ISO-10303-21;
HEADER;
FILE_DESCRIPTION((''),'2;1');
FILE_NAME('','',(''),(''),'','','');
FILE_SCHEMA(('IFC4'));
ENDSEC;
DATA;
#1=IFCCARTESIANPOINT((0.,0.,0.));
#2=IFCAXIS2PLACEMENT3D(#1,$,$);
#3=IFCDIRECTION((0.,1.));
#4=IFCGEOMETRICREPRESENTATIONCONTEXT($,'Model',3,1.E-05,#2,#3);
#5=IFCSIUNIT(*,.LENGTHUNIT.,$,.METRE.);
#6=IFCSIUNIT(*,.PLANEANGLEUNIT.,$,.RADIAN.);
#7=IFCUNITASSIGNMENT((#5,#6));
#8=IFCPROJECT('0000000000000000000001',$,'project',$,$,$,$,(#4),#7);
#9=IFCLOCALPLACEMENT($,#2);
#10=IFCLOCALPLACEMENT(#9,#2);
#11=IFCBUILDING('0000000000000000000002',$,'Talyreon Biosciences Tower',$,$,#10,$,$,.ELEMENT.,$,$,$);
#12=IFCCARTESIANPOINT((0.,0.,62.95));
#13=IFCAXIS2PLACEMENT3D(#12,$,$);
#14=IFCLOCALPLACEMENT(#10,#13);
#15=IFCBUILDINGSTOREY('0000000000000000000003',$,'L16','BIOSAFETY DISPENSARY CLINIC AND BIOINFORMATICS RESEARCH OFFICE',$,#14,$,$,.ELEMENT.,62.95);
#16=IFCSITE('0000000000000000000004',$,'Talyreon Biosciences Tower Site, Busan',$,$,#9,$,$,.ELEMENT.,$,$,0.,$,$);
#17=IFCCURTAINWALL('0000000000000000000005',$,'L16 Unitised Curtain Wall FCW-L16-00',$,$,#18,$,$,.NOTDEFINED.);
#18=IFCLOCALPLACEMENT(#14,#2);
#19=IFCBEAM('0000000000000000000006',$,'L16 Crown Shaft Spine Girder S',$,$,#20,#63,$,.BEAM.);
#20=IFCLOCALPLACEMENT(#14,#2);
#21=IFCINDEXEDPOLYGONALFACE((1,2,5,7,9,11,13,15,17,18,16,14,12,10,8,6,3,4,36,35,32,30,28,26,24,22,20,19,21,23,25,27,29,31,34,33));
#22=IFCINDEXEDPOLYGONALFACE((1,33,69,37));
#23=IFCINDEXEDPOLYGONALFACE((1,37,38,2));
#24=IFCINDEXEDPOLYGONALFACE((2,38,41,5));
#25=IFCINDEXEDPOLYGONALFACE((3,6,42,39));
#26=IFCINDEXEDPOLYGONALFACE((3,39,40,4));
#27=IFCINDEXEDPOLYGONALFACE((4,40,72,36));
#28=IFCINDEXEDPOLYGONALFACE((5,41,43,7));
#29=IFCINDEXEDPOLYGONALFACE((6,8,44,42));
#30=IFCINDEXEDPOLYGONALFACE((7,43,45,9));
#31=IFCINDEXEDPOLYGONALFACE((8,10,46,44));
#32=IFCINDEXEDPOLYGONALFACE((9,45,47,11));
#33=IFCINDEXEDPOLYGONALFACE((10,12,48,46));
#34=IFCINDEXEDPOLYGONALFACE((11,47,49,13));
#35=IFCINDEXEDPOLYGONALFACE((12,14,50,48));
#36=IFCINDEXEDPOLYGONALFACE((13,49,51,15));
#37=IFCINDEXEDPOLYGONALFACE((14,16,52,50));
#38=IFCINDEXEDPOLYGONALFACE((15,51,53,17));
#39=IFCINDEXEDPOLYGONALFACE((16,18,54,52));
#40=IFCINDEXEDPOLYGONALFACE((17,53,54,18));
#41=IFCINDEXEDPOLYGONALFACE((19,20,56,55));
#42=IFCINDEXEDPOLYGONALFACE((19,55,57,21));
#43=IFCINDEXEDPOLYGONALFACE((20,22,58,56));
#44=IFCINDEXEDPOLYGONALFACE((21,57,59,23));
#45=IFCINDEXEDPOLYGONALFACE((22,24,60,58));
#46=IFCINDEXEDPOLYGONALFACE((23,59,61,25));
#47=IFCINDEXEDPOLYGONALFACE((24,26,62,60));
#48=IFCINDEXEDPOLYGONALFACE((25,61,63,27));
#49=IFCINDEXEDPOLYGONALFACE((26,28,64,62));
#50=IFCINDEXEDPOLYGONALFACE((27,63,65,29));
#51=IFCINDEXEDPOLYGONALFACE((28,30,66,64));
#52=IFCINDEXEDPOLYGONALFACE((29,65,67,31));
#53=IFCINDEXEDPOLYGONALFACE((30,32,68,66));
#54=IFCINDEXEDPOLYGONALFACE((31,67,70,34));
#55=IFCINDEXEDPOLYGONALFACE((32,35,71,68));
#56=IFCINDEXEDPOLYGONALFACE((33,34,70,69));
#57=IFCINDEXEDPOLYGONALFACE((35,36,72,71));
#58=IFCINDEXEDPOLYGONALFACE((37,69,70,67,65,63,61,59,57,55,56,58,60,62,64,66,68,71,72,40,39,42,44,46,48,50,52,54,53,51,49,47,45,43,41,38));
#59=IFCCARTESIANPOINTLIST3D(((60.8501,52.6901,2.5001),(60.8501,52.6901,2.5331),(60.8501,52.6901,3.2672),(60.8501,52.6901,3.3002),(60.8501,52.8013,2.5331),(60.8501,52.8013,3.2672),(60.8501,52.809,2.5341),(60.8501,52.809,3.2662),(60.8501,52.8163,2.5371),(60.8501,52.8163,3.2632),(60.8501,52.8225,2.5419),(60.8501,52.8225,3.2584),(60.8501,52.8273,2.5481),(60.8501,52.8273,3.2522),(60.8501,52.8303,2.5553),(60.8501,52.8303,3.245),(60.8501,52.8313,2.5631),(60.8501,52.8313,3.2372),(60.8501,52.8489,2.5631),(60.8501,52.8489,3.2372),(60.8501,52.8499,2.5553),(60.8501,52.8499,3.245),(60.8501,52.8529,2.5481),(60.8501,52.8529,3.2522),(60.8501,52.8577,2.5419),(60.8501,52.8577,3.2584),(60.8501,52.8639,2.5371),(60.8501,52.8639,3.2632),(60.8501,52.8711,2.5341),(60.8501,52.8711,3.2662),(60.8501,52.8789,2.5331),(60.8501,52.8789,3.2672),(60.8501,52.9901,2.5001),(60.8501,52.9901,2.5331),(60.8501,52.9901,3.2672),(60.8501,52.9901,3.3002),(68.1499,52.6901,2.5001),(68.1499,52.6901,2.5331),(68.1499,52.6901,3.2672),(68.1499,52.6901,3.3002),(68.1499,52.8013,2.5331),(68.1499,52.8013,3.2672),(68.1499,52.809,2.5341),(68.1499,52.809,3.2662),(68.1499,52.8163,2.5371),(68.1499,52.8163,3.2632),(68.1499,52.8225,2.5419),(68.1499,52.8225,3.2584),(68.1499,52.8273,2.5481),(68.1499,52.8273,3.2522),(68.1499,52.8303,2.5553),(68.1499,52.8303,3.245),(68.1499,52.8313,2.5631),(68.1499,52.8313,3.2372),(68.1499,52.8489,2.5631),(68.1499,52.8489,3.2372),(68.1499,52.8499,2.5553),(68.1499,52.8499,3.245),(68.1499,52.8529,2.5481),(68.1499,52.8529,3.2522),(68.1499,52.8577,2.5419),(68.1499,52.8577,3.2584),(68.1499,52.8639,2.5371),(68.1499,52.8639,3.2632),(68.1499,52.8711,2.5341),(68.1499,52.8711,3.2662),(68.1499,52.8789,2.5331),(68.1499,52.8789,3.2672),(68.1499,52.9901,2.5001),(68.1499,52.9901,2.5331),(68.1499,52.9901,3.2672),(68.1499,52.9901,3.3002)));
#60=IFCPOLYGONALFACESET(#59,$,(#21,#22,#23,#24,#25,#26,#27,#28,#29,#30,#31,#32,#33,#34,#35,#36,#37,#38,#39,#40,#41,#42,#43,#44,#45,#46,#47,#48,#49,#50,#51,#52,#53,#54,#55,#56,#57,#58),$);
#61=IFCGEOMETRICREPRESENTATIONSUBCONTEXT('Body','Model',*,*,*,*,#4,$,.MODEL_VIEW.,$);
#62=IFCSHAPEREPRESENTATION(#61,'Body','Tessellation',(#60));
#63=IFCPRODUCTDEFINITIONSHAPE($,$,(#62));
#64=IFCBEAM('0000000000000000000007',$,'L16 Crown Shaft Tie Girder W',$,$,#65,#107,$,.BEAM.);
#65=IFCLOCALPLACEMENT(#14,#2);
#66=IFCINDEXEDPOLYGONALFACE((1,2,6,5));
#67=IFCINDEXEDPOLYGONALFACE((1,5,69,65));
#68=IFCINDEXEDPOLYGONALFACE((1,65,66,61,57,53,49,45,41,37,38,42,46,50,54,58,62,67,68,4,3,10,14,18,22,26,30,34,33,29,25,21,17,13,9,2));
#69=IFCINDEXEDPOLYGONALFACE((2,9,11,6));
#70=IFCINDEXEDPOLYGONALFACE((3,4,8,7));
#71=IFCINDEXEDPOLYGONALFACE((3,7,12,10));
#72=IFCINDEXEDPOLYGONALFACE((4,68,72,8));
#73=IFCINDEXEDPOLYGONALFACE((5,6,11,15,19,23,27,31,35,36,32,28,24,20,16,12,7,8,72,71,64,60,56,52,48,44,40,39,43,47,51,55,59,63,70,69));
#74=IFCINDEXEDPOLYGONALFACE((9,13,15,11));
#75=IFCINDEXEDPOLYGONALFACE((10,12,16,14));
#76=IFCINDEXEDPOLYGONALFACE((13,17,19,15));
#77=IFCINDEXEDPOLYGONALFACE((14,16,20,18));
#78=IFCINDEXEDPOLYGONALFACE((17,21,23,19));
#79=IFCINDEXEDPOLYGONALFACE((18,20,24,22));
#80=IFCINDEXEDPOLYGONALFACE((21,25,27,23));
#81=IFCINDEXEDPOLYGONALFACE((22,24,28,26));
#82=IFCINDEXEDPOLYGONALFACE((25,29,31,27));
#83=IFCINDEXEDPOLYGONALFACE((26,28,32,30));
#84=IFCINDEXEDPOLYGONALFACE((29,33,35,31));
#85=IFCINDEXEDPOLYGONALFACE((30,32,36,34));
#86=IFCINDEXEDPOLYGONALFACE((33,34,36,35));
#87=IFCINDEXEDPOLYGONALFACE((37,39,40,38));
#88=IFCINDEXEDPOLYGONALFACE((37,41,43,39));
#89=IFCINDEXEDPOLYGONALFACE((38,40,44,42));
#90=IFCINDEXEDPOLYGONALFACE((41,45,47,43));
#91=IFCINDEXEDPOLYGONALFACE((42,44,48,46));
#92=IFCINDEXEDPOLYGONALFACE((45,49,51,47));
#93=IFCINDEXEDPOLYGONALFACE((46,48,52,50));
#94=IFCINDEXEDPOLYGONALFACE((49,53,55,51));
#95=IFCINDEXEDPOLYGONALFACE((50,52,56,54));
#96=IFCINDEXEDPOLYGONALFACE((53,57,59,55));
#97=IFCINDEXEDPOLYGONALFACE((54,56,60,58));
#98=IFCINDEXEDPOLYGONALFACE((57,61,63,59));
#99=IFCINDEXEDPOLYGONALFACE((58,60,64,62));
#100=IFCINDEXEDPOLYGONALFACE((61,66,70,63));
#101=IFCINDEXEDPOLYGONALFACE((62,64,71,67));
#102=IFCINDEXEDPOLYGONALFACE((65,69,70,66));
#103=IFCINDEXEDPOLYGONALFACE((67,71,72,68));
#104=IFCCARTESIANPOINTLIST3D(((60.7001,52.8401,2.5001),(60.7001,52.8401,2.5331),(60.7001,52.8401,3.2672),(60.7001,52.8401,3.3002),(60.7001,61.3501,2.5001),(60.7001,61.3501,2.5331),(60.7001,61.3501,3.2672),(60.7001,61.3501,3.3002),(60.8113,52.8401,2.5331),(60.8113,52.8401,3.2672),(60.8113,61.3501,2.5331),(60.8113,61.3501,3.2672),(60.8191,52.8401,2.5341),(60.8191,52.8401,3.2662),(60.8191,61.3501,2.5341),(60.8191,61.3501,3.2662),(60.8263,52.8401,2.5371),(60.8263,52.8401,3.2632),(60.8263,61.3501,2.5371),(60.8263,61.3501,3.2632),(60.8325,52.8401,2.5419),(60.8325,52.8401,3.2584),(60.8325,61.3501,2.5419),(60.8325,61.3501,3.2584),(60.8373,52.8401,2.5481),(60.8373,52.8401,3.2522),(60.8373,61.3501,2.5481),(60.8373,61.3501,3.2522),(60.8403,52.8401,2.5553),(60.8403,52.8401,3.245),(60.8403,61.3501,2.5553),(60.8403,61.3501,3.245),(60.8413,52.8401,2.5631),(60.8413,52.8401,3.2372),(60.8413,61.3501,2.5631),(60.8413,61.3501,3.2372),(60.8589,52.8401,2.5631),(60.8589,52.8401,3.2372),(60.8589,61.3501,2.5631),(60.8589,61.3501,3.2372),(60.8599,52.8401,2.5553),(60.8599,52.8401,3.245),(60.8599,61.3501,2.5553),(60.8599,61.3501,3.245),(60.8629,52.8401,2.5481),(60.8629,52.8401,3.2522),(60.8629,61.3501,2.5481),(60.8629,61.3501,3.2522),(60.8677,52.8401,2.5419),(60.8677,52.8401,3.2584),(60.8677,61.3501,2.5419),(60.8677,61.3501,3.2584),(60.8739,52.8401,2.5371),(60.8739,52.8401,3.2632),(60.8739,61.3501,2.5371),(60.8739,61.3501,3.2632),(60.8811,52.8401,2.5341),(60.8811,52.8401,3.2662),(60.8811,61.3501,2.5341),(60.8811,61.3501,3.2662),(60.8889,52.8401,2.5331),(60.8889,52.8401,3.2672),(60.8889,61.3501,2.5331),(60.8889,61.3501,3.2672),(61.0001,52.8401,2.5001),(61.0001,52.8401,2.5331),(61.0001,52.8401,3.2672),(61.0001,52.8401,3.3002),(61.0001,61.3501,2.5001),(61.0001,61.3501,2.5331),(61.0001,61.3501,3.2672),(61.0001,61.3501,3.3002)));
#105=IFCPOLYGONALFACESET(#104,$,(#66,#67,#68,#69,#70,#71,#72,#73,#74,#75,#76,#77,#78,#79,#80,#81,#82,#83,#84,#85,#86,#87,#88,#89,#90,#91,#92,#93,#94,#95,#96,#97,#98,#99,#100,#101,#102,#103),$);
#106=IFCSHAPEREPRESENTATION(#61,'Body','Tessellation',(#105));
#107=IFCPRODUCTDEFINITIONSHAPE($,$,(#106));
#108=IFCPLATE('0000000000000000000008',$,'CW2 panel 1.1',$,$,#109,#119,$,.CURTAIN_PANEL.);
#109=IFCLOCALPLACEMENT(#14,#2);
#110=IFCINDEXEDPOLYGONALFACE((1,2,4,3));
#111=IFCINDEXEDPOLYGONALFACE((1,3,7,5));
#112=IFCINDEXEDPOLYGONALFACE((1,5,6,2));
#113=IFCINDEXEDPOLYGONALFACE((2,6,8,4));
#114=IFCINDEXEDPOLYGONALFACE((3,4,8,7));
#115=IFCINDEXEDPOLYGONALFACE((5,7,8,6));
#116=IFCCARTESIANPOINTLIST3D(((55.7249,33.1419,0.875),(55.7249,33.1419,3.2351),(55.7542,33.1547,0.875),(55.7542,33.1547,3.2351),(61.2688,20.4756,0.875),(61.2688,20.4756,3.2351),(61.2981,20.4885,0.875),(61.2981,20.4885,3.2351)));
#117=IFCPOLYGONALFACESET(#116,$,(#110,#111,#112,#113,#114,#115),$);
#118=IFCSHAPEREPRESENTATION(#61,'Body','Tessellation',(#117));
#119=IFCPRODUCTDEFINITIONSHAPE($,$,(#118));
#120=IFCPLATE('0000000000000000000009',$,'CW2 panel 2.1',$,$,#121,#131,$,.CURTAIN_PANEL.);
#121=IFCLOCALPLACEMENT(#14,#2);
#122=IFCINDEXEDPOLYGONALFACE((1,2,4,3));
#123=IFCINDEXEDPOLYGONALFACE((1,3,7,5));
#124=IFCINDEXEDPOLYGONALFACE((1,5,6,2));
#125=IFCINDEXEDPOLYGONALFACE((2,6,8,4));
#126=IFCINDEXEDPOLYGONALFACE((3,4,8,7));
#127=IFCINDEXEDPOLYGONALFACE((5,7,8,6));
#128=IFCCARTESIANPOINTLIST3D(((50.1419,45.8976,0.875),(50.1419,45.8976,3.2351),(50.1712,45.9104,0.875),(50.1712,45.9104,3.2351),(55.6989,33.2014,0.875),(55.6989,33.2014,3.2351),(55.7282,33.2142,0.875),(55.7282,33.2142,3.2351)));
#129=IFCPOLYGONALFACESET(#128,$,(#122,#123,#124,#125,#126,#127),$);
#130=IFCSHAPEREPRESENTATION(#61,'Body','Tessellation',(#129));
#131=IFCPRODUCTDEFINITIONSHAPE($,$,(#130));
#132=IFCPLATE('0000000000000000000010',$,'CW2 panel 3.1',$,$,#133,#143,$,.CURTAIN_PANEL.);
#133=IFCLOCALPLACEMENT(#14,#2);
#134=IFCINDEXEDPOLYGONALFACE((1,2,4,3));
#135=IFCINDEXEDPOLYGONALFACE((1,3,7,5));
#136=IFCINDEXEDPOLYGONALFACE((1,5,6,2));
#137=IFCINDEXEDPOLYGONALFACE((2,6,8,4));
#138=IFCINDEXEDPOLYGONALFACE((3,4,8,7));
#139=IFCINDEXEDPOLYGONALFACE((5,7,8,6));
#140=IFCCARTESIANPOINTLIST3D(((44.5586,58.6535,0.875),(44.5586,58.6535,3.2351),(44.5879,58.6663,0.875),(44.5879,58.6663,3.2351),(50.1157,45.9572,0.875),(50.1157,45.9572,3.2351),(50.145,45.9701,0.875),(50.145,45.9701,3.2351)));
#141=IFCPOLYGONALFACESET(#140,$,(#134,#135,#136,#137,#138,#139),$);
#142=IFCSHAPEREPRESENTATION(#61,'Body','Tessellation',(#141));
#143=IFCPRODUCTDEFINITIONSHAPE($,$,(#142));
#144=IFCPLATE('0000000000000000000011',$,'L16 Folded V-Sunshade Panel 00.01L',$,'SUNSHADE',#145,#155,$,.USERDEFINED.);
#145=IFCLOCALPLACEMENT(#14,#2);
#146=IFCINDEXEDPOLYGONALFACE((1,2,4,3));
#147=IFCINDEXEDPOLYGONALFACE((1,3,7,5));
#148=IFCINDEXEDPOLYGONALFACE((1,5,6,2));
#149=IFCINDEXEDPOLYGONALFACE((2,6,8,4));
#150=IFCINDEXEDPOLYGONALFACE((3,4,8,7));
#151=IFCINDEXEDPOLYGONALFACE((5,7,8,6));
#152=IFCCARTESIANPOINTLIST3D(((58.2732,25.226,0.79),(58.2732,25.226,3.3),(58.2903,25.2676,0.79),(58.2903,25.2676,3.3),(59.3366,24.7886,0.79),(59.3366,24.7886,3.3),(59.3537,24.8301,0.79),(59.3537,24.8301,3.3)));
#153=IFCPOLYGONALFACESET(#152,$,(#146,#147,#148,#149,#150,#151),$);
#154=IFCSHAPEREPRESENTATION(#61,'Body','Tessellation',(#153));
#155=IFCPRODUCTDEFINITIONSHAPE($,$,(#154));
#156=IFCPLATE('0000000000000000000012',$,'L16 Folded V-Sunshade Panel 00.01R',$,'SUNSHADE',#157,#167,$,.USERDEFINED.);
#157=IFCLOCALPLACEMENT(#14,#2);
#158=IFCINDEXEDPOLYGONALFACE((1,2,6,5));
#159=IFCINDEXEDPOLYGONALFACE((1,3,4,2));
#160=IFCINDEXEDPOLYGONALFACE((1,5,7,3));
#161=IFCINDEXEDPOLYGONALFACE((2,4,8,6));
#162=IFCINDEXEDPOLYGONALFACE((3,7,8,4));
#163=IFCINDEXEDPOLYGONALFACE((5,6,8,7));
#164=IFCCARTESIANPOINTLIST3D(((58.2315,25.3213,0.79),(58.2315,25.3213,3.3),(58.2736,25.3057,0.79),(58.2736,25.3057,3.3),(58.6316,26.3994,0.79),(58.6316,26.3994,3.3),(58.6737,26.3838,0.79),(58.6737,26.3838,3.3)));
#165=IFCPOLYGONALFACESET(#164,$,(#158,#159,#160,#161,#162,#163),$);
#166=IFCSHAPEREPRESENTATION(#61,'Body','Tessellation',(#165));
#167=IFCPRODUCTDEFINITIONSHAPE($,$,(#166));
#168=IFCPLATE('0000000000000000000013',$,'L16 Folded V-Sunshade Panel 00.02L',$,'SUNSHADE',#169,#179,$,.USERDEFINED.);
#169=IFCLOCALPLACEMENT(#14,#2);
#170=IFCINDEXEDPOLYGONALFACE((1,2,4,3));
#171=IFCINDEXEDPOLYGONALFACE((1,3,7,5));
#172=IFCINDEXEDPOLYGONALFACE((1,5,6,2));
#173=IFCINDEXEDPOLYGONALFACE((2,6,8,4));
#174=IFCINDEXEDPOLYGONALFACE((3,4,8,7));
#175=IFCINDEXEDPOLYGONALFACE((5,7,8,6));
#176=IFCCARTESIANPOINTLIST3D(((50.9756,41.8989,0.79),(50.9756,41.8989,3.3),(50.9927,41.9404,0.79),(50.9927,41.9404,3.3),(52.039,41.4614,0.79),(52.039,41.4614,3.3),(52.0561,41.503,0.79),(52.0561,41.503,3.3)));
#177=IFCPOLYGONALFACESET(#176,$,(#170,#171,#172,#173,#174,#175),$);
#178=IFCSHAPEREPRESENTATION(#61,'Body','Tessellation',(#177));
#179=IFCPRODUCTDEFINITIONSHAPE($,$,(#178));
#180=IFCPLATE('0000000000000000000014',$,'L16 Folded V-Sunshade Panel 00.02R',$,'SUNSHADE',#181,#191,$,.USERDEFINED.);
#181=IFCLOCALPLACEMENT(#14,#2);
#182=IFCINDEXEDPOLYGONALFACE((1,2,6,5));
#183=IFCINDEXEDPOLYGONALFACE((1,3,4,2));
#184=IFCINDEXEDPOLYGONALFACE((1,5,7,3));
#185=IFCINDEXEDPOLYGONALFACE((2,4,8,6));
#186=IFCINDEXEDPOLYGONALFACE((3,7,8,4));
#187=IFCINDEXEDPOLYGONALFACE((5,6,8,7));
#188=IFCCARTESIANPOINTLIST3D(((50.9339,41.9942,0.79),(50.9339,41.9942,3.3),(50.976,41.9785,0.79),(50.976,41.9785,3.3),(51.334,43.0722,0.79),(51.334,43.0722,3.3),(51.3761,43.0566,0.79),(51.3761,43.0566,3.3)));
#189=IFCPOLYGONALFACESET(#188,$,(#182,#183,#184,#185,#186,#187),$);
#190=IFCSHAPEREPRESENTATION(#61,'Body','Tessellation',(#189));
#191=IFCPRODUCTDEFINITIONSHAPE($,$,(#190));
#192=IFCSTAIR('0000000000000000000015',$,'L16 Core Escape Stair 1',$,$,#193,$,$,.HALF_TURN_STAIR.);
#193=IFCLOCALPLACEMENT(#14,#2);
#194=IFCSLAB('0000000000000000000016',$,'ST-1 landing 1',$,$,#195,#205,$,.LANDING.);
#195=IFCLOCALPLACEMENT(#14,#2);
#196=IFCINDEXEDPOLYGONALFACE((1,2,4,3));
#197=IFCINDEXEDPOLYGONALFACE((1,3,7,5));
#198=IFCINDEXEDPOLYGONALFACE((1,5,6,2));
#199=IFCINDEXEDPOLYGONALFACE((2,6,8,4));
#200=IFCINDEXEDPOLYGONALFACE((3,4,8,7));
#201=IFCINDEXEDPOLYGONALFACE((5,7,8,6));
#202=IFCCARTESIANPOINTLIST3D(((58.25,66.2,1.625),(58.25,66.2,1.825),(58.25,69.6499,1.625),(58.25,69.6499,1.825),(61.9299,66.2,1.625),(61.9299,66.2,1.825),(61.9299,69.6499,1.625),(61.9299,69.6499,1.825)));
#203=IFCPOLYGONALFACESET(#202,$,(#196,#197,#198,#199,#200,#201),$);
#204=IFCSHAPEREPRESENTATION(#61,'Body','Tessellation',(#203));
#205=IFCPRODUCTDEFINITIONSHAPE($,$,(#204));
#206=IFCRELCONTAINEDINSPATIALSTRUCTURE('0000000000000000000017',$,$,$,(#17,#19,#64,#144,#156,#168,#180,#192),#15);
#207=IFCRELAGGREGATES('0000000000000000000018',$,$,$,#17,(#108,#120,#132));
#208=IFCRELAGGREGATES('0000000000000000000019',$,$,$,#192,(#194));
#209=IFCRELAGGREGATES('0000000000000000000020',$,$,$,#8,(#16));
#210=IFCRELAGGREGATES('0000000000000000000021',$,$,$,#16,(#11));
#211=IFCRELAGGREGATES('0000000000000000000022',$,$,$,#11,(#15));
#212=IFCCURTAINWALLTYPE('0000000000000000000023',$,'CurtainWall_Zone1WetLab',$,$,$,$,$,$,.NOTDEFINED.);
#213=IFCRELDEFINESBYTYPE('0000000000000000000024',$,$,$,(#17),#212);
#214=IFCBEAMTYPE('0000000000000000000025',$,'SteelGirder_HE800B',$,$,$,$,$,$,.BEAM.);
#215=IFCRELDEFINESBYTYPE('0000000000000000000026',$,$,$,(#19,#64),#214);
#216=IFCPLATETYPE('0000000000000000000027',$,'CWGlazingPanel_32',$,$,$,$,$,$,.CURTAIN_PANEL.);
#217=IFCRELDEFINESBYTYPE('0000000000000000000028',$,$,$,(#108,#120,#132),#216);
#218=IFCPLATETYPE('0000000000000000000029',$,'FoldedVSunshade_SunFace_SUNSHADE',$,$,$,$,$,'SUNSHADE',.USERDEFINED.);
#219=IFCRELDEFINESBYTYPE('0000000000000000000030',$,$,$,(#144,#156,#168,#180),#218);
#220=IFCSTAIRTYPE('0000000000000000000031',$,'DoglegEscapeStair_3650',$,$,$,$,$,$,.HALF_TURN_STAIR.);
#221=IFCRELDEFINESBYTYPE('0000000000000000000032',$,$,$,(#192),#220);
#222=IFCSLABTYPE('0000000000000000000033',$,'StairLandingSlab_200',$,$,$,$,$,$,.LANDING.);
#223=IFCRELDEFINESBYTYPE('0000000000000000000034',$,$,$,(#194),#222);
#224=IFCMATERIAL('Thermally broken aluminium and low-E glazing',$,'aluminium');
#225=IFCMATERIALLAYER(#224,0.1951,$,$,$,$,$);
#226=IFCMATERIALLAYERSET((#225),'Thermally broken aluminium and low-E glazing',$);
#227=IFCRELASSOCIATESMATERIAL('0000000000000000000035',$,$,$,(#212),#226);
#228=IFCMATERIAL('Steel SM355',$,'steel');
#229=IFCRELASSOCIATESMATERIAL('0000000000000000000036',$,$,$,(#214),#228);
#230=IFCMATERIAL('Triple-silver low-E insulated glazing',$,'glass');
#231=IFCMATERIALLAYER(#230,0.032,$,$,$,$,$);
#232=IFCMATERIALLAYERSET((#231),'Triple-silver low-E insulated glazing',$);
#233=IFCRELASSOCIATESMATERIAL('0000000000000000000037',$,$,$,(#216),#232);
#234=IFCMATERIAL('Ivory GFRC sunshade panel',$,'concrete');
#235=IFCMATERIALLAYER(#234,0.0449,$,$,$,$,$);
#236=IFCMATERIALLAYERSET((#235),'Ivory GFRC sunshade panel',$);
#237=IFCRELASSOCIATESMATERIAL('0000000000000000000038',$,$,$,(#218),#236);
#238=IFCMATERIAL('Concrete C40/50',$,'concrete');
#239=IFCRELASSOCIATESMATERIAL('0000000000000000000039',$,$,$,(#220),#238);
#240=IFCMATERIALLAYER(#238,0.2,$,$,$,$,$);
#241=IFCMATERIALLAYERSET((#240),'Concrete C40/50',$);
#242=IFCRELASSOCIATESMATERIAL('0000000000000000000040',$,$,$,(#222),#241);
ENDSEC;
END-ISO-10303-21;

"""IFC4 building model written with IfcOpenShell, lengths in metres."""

from ifc_helpers import new_model, si_unit, direction, frame, origin, origin_2d, place, context, subcontext, project, spatial, polyline, rectangle, i_section, outline, extrude, material, layer, layer_set, material_profile, profile_set, type_object, element, aggregate, save


model = new_model("IFC4")

# Units and contexts
model_context = context("Model", 3, precision=1e-05, world=origin(), true_north=direction((0.0, 1.0)))
body_context = subcontext(model_context, "Body", "Model", "MODEL_VIEW")
ifc_project = project(units=[si_unit("LENGTHUNIT", "METRE"), si_unit("PLANEANGLEUNIT", "RADIAN")], contexts=[model_context])

# Site, building, storey
site_placement = place(None, origin())
site = spatial("IfcSite", under=ifc_project, at=site_placement, Name="Talyreon Biosciences Tower Site, Busan", CompositionType="ELEMENT", RefElevation=0.0)
building_placement = place(site_placement, origin())
building = spatial("IfcBuilding", under=site, at=building_placement, Name="Talyreon Biosciences Tower", CompositionType="ELEMENT")
storey_placement = place(building_placement, frame((0.0, 0.0, 62.95)))
storey = spatial("IfcBuildingStorey", under=building, at=storey_placement, Name="L16", Description="BIOSAFETY DISPENSARY CLINIC AND BIOINFORMATICS RESEARCH OFFICE", CompositionType="ELEMENT", Elevation=62.95)

# Curtain wall
ifc_material_1 = material(Name="Thermally broken aluminium and low-E glazing", Category="aluminium")
ifc_layer_1 = layer(ifc_material_1, 0.1951)
ifc_layer_set_1 = layer_set([ifc_layer_1], Name="Thermally broken aluminium and low-E glazing")
curtain_wall_type = type_object("IfcCurtainWallType", Name="CurtainWall_Zone1WetLab", PredefinedType="NOTDEFINED", material=ifc_layer_set_1)
curtain_wall_placement = place(storey_placement, origin())
curtain_wall = element("IfcCurtainWall", 1, at=curtain_wall_placement, inside=storey, type_object=curtain_wall_type, Name="L16 Unitised Curtain Wall FCW-L16-00", PredefinedType="NOTDEFINED")

# Beams
ifc_material_2 = material(Name="Steel SM355", Category="steel")
ifc_material_profile_1 = material_profile(ifc_material_2, i_section(OverallWidth=0.3, OverallDepth=0.8, WebThickness=0.0176, FlangeThickness=0.033, FilletRadius=0.03, at=origin_2d()), Name="HE800B")
ifc_profile_set_1 = profile_set([ifc_material_profile_1], Name="Steel SM355")
beam_type_1 = type_object("IfcBeamType", Name="SteelGirder_HE800B", PredefinedType="BEAM", material=ifc_profile_set_1)
beam_1_placement = place(storey_placement, frame((60.8501, 52.8401, 2.9001), z_axis=(1.0, 0.0, 0.0), x_axis=(0.0, 1.0, 0.0)))
element("IfcBeam", 2, at=beam_1_placement, inside=storey, type_object=beam_type_1, Name="L16 Crown Shaft Spine Girder S", PredefinedType="BEAM", context=body_context, shape_type="SweptSolid", body=[
    extrude(i_section(OverallWidth=0.3, OverallDepth=0.8, WebThickness=0.0176, FlangeThickness=0.033, FilletRadius=0.03, at=origin_2d()), origin(), (0.0, 0.0, 1.0), 7.2998),
])
beam_2_placement = place(storey_placement, frame((60.8501, 52.8401, 2.9001), z_axis=(0.0, 1.0, 0.0), x_axis=(-1.0, 0.0, 0.0)))
element("IfcBeam", 3, at=beam_2_placement, inside=storey, type_object=beam_type_1, Name="L16 Crown Shaft Tie Girder W", PredefinedType="BEAM", context=body_context, shape_type="SweptSolid", body=[
    extrude(i_section(OverallWidth=0.3, OverallDepth=0.8, WebThickness=0.0176, FlangeThickness=0.033, FilletRadius=0.03, at=origin_2d()), origin(), (0.0, 0.0, 1.0), 8.51),
])

# Plates
ifc_material_3 = material(Name="Triple-silver low-E insulated glazing", Category="glass")
ifc_layer_2 = layer(ifc_material_3, 0.032)
ifc_layer_set_2 = layer_set([ifc_layer_2], Name="Triple-silver low-E insulated glazing")
plate_type_1 = type_object("IfcPlateType", Name="CWGlazingPanel_32", PredefinedType="CURTAIN_PANEL", material=ifc_layer_set_2)
plate_1_placement = place(storey_placement, frame((58.5115, 26.8152, 0.875), z_axis=(0.0, 0.0, 1.0), x_axis=(-0.400968, 0.916092, 0.0)))
plate_1 = element("IfcPlate", 4, at=plate_1_placement, type_object=plate_type_1, Name="CW2 panel 1.1", PredefinedType="CURTAIN_PANEL", context=body_context, shape_type="SweptSolid", body=[
    extrude(rectangle(XDim=13.8264, YDim=0.032, at=origin_2d()), origin(), (0.0, 0.0, 1.0), 2.3601),
])
plate_2_placement = place(storey_placement, frame((52.9351, 39.5559, 0.875), z_axis=(0.0, 0.0, 1.0), x_axis=(-0.400968, 0.916092, 0.0)))
plate_2 = element("IfcPlate", 5, at=plate_2_placement, type_object=plate_type_1, Name="CW2 panel 2.1", PredefinedType="CURTAIN_PANEL", context=body_context, shape_type="SweptSolid", body=[
    extrude(rectangle(XDim=13.8591, YDim=0.032, at=origin_2d()), origin(), (0.0, 0.0, 1.0), 2.3601),
])
plate_3_placement = place(storey_placement, frame((47.3518, 52.3118, 0.875), z_axis=(0.0, 0.0, 1.0), x_axis=(-0.400968, 0.916092, 0.0)))
plate_3 = element("IfcPlate", 6, at=plate_3_placement, type_object=plate_type_1, Name="CW2 panel 3.1", PredefinedType="CURTAIN_PANEL", context=body_context, shape_type="SweptSolid", body=[
    extrude(rectangle(XDim=13.8591, YDim=0.032, at=origin_2d()), origin(), (0.0, 0.0, 1.0), 2.3601),
])
aggregate(curtain_wall, [plate_1, plate_2, plate_3])

# Plates
ifc_material_4 = material(Name="Ivory GFRC sunshade panel", Category="concrete")
ifc_layer_3 = layer(ifc_material_4, 0.0449)
ifc_layer_set_3 = layer_set([ifc_layer_3], Name="Ivory GFRC sunshade panel")
plate_type_2 = type_object("IfcPlateType", Name="FoldedVSunshade_SunFace_SUNSHADE", ElementType="SUNSHADE", PredefinedType="USERDEFINED", material=ifc_layer_set_3)
for number, where, z_axis, x_axis, name in (
    (7, (58.8135, 25.0281, 0.79), (0.0, 0.0, 1.0), (-0.924805, 0.380441, 0.0), "L16 Folded V-Sunshade Panel 00.01L"),
    (8, (58.4526, 25.8525, 0.79), (0.0, 0.0, 1.0), (0.347934, 0.937519, 0.0), "L16 Folded V-Sunshade Panel 00.01R"),
    (9, (51.5159, 41.7009, 0.79), (0.0, 0.0, 1.0), (-0.924805, 0.380441, 0.0), "L16 Folded V-Sunshade Panel 00.02L"),
    (10, (51.155, 42.5254, 0.79), (0.0, 0.0, 1.0), (0.347934, 0.937519, 0.0), "L16 Folded V-Sunshade Panel 00.02R"),
):
    element("IfcPlate", number, at=place(storey_placement, frame(where, z_axis=z_axis, x_axis=x_axis)), inside=storey, type_object=plate_type_2, Name=name, ObjectType="SUNSHADE", PredefinedType="USERDEFINED", context=body_context, shape_type="SweptSolid", body=[
        extrude(rectangle(XDim=1.1499, YDim=0.0449, at=origin_2d()), origin(), (0.0, 0.0, 1.0), 2.51),
    ])

# Stair, slab
ifc_material_5 = material(Name="Concrete C40/50", Category="concrete")
stair_type = type_object("IfcStairType", Name="DoglegEscapeStair_3650", PredefinedType="HALF_TURN_STAIR", material=ifc_material_5)
stair_1_placement = place(storey_placement, origin())
stair_1 = element("IfcStair", 11, at=stair_1_placement, inside=storey, type_object=stair_type, Name="L16 Core Escape Stair 1", PredefinedType="HALF_TURN_STAIR")
ifc_layer_4 = layer(ifc_material_5, 0.2)
ifc_layer_set_4 = layer_set([ifc_layer_4], Name="Concrete C40/50")
slab_type_1 = type_object("IfcSlabType", Name="StairLandingSlab_200", PredefinedType="LANDING", material=ifc_layer_set_4)
slab_1_placement = place(storey_placement, frame((0.0, 0.0, 1.625)))
slab_1 = element("IfcSlab", 12, at=slab_1_placement, type_object=slab_type_1, Name="ST-1 landing 1", PredefinedType="LANDING", context=body_context, shape_type="SweptSolid", body=[
    extrude(outline(polyline([(61.9299, 66.2), (61.9299, 69.6499), (58.25, 69.6499), (58.25, 66.2), (61.9299, 66.2)])), origin(), (0.0, 0.0, 1.0), 0.2),
])
aggregate(stair_1, [slab_1])

save(model, "model.ifc")
